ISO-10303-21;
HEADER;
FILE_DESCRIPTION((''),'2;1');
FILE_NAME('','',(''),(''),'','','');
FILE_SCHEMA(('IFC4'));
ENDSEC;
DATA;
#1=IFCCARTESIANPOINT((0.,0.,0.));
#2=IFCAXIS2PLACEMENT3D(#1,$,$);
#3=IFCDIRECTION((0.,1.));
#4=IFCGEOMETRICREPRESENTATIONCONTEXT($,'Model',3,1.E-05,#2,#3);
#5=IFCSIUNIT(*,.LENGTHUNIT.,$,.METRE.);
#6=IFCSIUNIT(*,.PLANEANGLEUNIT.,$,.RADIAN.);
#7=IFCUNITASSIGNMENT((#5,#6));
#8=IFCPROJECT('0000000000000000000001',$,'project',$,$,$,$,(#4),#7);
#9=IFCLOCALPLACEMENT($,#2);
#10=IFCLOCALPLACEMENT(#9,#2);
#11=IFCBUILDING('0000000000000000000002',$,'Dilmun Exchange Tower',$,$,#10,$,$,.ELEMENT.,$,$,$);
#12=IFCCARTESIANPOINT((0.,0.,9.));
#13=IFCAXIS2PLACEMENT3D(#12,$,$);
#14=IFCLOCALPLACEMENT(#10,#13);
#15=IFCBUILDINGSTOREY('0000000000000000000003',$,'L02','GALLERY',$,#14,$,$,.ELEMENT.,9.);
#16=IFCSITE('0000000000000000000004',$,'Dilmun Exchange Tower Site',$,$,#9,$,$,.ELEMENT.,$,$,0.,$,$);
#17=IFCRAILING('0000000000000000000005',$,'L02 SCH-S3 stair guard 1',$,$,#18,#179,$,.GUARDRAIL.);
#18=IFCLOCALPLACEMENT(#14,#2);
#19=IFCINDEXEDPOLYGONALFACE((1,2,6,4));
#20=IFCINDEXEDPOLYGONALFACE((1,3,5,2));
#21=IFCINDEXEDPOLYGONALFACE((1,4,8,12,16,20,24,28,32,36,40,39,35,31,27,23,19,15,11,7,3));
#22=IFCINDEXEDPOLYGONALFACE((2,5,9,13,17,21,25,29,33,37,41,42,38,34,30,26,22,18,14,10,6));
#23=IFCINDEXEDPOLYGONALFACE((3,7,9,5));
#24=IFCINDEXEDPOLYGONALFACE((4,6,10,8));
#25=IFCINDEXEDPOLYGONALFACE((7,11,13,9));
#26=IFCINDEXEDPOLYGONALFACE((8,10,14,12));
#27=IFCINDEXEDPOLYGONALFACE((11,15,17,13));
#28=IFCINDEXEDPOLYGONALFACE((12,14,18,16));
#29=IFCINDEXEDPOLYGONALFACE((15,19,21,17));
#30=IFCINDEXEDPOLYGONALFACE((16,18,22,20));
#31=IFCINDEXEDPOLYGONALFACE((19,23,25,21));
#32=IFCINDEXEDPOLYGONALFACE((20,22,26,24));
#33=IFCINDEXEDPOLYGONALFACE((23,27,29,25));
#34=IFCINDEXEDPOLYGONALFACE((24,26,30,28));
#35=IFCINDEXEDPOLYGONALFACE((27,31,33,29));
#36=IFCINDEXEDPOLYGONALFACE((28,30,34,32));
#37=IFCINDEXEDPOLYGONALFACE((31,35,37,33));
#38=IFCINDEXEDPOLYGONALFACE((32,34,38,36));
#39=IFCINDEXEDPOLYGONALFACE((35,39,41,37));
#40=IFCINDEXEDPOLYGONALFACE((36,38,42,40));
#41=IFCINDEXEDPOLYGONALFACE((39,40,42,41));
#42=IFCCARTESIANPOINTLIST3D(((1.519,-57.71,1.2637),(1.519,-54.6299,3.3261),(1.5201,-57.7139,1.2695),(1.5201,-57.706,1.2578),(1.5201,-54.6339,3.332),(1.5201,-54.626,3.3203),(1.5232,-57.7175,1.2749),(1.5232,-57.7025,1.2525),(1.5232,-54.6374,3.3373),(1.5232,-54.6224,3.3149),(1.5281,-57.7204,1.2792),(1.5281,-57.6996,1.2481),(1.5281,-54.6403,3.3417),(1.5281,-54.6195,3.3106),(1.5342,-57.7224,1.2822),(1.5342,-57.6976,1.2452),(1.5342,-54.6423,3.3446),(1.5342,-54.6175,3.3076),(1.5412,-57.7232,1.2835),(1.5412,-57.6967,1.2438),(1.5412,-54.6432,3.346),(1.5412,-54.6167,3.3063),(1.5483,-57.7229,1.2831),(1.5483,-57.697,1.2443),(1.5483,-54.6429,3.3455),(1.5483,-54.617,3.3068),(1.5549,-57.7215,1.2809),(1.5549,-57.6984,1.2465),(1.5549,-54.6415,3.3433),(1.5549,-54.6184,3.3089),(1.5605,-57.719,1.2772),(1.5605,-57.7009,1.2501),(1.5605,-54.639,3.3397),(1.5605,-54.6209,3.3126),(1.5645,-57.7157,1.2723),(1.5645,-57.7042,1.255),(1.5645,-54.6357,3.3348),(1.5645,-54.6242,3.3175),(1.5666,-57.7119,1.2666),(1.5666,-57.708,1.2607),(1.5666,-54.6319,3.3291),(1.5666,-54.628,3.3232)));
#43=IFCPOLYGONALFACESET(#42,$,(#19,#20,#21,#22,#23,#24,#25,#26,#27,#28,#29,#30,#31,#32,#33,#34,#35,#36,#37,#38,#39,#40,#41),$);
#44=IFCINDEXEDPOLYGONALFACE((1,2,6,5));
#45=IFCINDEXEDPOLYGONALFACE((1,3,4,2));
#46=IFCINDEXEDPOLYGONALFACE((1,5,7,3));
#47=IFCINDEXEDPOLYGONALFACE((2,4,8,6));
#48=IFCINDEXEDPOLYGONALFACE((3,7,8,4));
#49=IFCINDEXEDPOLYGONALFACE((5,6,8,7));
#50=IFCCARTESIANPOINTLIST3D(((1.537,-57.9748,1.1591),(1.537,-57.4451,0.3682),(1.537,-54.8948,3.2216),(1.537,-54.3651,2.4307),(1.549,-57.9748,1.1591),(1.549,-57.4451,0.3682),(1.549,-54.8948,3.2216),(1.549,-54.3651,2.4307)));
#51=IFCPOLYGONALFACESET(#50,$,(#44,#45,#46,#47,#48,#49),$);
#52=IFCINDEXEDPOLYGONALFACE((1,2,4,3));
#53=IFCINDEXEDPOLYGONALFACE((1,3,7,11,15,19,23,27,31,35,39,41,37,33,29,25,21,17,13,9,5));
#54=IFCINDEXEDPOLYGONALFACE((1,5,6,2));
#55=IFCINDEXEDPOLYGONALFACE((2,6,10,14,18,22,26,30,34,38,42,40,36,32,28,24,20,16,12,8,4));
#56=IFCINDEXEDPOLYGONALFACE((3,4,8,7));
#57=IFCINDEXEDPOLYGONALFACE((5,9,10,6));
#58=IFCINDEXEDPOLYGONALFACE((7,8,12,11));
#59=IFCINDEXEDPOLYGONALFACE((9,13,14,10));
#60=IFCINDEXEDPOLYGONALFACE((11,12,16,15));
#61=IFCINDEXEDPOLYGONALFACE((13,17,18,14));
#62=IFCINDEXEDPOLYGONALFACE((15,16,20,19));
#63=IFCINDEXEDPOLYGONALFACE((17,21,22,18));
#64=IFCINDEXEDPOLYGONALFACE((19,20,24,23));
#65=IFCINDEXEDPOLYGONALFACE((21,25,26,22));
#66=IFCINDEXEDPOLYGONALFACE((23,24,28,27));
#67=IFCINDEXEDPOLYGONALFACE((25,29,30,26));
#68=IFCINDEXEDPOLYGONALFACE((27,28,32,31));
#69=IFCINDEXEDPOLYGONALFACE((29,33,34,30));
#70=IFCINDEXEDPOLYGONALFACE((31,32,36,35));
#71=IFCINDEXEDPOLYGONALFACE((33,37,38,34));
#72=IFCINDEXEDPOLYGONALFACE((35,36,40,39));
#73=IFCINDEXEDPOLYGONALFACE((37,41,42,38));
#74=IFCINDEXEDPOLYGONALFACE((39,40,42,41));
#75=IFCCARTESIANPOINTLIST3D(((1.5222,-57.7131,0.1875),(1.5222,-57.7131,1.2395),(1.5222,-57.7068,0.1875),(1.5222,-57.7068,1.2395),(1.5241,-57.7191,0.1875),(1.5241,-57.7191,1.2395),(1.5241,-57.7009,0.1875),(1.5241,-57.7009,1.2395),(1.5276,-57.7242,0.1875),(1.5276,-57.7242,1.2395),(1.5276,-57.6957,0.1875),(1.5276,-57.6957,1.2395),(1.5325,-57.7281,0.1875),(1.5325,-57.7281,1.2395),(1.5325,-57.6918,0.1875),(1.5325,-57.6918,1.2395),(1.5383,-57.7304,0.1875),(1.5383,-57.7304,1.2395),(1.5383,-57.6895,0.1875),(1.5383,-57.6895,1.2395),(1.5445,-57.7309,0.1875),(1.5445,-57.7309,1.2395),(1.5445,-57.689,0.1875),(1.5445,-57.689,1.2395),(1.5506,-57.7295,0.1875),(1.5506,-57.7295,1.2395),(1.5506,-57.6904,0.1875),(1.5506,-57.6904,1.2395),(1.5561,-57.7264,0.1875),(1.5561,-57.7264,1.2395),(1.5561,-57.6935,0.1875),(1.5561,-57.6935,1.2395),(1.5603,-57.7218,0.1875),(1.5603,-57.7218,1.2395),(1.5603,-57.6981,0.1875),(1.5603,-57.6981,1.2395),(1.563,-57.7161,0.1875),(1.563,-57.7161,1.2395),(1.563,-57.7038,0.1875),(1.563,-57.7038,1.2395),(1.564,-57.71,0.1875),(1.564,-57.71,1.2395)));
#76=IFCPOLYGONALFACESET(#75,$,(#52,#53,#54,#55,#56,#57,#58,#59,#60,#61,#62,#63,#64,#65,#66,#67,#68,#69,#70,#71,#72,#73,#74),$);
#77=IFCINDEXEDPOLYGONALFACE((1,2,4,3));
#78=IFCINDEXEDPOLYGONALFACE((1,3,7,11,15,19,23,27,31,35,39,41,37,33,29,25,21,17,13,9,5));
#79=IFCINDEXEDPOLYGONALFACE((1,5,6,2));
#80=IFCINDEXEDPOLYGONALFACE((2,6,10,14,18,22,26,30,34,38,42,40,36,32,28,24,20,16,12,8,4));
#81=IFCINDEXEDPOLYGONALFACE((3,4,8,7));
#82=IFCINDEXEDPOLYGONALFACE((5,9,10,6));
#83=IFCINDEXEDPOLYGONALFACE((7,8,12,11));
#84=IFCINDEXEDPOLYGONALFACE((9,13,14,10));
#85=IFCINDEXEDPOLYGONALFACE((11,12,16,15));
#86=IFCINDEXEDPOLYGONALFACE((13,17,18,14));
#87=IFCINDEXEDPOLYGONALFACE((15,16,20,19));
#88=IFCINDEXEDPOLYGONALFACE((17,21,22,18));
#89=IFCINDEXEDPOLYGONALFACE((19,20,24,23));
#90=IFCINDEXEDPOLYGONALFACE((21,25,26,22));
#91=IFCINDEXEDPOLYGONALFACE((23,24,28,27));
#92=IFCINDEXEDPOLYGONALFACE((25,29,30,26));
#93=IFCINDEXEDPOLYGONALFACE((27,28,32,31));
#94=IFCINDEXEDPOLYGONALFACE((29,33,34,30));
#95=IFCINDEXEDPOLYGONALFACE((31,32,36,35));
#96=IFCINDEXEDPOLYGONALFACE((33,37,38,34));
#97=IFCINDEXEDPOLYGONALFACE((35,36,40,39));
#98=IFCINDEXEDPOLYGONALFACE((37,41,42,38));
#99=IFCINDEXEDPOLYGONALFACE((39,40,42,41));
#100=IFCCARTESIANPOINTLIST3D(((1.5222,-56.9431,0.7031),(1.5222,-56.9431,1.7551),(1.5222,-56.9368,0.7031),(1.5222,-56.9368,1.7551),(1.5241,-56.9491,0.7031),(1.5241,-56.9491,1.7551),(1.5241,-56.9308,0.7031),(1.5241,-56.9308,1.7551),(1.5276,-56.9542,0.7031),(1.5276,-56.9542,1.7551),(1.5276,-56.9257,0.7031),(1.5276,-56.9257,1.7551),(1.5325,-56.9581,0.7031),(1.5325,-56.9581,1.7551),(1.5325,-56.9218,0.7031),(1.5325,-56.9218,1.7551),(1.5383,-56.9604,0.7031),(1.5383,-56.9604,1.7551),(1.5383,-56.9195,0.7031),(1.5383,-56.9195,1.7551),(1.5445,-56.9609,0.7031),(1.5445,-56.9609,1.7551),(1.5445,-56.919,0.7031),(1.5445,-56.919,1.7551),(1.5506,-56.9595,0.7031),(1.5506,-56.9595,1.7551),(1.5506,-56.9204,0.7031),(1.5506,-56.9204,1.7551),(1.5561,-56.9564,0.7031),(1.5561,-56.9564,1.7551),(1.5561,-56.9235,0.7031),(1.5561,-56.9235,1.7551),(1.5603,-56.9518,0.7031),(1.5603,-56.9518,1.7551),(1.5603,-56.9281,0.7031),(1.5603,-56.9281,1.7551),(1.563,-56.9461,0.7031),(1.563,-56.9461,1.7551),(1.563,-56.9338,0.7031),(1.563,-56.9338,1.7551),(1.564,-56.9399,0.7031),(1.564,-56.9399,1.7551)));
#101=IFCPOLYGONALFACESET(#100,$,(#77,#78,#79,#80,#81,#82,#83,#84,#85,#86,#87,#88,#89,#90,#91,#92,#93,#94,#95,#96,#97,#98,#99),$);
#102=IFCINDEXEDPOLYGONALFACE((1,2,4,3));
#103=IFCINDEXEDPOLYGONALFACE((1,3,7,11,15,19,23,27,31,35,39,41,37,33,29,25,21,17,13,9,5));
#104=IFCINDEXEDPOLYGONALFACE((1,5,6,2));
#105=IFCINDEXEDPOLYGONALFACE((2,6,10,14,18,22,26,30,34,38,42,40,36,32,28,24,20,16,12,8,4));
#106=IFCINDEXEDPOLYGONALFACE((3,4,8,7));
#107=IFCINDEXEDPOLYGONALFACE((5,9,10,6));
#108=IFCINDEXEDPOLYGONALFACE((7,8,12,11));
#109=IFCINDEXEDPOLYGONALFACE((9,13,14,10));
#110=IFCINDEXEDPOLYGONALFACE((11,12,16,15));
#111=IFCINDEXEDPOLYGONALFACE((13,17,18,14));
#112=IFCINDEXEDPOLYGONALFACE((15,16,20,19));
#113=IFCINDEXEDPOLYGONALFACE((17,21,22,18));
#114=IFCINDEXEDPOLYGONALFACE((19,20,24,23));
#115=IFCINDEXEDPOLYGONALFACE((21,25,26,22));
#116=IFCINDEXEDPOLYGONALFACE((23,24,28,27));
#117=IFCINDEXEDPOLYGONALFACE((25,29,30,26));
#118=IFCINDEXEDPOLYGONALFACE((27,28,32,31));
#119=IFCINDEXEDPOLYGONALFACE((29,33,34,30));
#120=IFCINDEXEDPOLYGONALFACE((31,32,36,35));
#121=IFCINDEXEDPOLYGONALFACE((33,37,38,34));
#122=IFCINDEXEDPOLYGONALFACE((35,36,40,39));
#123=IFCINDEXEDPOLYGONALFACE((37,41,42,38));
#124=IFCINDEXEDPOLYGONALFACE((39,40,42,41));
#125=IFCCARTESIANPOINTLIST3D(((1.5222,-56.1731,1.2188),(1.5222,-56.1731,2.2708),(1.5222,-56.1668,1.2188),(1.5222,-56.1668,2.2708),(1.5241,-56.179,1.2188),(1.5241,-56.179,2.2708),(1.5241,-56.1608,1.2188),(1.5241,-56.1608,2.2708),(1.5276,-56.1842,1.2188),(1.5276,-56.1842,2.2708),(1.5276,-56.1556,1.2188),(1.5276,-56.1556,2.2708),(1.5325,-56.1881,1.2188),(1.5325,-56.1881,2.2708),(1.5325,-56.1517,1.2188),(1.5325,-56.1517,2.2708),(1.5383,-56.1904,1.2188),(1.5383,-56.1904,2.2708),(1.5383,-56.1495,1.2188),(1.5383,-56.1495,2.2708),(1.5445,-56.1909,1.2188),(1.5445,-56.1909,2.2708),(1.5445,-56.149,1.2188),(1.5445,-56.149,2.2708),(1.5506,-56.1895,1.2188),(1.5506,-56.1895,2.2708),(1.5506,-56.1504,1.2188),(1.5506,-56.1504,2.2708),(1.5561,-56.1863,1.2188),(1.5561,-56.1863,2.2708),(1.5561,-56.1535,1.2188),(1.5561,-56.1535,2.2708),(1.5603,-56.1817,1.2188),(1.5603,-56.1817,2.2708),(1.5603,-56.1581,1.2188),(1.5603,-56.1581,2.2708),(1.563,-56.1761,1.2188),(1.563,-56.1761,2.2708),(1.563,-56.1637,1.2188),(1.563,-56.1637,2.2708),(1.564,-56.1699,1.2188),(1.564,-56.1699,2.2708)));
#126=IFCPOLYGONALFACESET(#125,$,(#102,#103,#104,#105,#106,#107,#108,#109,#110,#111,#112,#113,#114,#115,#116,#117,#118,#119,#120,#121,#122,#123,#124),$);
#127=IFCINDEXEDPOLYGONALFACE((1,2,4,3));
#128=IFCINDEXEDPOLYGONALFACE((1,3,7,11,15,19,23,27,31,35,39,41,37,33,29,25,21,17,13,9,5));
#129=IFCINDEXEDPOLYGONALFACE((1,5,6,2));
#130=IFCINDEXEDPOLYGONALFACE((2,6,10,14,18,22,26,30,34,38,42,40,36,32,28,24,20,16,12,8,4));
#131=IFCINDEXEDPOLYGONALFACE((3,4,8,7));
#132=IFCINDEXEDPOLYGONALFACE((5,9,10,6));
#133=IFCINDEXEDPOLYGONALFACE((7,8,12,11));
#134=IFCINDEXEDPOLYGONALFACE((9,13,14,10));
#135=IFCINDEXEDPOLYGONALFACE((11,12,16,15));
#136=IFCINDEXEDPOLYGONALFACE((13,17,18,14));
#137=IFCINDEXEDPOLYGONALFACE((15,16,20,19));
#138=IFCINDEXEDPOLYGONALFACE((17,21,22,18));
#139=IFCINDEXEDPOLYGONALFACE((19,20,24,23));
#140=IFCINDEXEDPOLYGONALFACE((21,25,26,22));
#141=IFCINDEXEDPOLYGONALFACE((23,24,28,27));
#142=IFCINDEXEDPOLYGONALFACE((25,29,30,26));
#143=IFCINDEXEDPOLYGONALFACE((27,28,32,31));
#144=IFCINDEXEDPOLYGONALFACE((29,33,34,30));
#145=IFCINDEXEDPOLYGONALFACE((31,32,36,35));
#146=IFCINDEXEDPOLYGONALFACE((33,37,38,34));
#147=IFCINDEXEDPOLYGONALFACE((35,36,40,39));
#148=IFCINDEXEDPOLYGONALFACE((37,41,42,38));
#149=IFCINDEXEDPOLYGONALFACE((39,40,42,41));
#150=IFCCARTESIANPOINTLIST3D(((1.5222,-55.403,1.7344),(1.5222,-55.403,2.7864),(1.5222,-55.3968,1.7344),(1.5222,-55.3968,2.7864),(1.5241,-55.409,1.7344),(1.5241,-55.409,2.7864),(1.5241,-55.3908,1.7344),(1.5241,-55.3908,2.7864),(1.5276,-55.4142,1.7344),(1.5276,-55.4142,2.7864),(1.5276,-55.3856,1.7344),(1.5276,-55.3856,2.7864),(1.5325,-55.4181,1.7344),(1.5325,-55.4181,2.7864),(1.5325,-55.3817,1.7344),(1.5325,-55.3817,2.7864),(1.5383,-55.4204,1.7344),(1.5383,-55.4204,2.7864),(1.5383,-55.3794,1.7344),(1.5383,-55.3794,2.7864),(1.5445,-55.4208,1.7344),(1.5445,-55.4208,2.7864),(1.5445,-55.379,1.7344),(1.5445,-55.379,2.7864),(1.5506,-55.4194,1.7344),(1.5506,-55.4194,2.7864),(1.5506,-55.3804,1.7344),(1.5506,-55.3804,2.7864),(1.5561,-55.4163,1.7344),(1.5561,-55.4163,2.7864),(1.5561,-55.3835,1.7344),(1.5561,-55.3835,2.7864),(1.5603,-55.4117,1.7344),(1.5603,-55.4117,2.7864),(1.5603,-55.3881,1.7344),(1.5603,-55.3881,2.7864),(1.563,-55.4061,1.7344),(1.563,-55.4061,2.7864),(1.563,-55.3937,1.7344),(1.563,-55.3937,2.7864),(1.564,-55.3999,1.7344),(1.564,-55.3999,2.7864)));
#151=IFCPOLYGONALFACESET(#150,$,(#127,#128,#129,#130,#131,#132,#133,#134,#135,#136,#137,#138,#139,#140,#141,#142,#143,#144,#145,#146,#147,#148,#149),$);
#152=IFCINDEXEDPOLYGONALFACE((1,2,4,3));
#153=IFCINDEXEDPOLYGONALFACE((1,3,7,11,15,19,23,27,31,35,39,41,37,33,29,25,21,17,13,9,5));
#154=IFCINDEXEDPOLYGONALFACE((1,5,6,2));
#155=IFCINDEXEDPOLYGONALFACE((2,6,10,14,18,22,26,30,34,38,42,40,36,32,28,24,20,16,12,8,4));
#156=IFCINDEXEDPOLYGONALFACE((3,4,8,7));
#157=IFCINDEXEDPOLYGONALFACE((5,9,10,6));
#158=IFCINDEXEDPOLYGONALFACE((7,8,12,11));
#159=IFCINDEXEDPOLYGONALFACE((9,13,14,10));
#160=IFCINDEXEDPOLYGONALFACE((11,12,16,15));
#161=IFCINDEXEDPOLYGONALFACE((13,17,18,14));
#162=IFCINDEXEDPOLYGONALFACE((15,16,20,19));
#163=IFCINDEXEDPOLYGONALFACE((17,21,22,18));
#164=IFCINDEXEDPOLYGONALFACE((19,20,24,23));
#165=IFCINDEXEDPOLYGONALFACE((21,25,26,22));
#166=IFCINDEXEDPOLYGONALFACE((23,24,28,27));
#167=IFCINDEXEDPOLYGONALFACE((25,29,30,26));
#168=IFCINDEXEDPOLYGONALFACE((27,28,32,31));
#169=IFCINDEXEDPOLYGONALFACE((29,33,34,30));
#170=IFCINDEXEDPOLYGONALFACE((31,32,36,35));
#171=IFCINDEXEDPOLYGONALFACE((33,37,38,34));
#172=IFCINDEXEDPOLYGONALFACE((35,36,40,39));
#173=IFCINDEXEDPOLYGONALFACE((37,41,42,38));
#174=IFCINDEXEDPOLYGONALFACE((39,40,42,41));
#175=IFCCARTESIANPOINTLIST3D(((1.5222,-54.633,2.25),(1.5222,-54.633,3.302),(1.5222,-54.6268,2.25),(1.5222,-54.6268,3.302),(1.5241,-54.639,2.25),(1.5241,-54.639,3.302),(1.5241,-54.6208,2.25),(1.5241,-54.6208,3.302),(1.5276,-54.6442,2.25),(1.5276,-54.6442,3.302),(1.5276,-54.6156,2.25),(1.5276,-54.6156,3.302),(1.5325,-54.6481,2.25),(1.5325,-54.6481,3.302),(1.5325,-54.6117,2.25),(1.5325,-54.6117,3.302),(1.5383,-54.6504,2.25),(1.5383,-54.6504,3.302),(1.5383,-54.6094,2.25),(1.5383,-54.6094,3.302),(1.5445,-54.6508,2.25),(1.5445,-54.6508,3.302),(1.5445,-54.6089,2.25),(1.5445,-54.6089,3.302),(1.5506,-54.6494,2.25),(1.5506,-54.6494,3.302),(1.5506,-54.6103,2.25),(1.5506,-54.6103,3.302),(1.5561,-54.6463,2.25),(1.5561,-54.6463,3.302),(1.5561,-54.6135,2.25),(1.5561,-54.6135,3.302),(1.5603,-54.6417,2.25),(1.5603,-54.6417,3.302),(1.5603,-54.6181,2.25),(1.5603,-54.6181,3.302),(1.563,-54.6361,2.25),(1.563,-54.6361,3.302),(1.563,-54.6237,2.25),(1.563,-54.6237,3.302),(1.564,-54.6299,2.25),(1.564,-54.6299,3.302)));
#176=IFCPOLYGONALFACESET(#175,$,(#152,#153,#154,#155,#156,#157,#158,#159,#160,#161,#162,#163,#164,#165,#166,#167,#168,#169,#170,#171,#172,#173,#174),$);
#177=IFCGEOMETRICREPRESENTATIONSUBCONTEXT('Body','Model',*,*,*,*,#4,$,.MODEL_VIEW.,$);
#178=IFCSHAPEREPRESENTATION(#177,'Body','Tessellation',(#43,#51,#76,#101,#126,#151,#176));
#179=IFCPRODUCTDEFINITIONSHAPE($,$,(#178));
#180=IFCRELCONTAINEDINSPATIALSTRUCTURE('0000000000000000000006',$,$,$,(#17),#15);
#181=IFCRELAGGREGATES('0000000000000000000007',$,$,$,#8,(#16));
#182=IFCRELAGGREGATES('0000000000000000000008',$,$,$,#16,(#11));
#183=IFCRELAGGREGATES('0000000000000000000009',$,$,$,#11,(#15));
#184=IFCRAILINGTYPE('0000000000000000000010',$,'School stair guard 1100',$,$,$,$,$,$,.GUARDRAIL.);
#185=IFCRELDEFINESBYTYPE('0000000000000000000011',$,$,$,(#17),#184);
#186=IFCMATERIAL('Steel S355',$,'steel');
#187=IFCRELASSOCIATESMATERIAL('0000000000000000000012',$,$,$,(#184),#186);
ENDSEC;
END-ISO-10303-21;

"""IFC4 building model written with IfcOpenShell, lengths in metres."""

from ifc_helpers import new_model, si_unit, direction, frame, origin, origin_2d, place, context, subcontext, project, spatial, rectangle, circle, extrude, material, type_object, element, save


model = new_model("IFC4")

# Units and contexts
model_context = context("Model", 3, precision=1e-05, world=origin(), true_north=direction((0.0, 1.0)))
body_context = subcontext(model_context, "Body", "Model", "MODEL_VIEW")
ifc_project = project(units=[si_unit("LENGTHUNIT", "METRE"), si_unit("PLANEANGLEUNIT", "RADIAN")], contexts=[model_context])

# Site, building, storey
site_placement = place(None, origin())
site = spatial("IfcSite", under=ifc_project, at=site_placement, Name="Dilmun Exchange Tower Site", CompositionType="ELEMENT", RefElevation=0.0)
building_placement = place(site_placement, origin())
building = spatial("IfcBuilding", under=site, at=building_placement, Name="Dilmun Exchange Tower", CompositionType="ELEMENT")
storey_placement = place(building_placement, frame((0.0, 0.0, 9.0)))
storey = spatial("IfcBuildingStorey", under=building, at=storey_placement, Name="L02", Description="GALLERY", CompositionType="ELEMENT", Elevation=9.0)

# Railing
ifc_material_1 = material(Name="Steel S355", Category="steel")
railing_type_1 = type_object("IfcRailingType", Name="School stair guard 1100", PredefinedType="GUARDRAIL", material=ifc_material_1)
railing_1_placement = place(storey_placement, frame((1.543, -57.71, 0.1875)))
element("IfcRailing", 1, at=railing_1_placement, inside=storey, type_object=railing_type_1, Name="L02 SCH-S3 stair guard 1", PredefinedType="GUARDRAIL", context=body_context, shape_type="SweptSolid", body=[
    extrude(circle(Radius=0.0239, at=origin_2d()), frame((0.0, 0.0, 1.0762), z_axis=(0.0, 0.830914, 0.556401), x_axis=(-1.0, 0.0, 0.0)), (0.0, 0.0, 1.0), 3.7068),
    extrude(rectangle(XDim=0.012, YDim=0.9519, at=origin_2d()), frame((0.0, 0.0, 0.5762), z_axis=(0.0, 0.830914, 0.556401), x_axis=(-1.0, 0.0, 0.0)), (0.0, 0.0, 1.0), 3.7068),
    extrude(circle(Radius=0.021, at=origin_2d()), origin(), (0.0, 0.0, 1.0), 1.052),
    extrude(circle(Radius=0.021, at=origin_2d()), frame((0.0, 0.77, 0.5156)), (0.0, 0.0, 1.0), 1.052),
    extrude(circle(Radius=0.021, at=origin_2d()), frame((0.0, 1.54, 1.0312)), (0.0, 0.0, 1.0), 1.052),
    extrude(circle(Radius=0.021, at=origin_2d()), frame((0.0, 2.3101, 1.5469)), (0.0, 0.0, 1.0), 1.052),
    extrude(circle(Radius=0.021, at=origin_2d()), frame((0.0, 3.0801, 2.0625)), (0.0, 0.0, 1.0), 1.052),
])

save(model, "model.ifc")
